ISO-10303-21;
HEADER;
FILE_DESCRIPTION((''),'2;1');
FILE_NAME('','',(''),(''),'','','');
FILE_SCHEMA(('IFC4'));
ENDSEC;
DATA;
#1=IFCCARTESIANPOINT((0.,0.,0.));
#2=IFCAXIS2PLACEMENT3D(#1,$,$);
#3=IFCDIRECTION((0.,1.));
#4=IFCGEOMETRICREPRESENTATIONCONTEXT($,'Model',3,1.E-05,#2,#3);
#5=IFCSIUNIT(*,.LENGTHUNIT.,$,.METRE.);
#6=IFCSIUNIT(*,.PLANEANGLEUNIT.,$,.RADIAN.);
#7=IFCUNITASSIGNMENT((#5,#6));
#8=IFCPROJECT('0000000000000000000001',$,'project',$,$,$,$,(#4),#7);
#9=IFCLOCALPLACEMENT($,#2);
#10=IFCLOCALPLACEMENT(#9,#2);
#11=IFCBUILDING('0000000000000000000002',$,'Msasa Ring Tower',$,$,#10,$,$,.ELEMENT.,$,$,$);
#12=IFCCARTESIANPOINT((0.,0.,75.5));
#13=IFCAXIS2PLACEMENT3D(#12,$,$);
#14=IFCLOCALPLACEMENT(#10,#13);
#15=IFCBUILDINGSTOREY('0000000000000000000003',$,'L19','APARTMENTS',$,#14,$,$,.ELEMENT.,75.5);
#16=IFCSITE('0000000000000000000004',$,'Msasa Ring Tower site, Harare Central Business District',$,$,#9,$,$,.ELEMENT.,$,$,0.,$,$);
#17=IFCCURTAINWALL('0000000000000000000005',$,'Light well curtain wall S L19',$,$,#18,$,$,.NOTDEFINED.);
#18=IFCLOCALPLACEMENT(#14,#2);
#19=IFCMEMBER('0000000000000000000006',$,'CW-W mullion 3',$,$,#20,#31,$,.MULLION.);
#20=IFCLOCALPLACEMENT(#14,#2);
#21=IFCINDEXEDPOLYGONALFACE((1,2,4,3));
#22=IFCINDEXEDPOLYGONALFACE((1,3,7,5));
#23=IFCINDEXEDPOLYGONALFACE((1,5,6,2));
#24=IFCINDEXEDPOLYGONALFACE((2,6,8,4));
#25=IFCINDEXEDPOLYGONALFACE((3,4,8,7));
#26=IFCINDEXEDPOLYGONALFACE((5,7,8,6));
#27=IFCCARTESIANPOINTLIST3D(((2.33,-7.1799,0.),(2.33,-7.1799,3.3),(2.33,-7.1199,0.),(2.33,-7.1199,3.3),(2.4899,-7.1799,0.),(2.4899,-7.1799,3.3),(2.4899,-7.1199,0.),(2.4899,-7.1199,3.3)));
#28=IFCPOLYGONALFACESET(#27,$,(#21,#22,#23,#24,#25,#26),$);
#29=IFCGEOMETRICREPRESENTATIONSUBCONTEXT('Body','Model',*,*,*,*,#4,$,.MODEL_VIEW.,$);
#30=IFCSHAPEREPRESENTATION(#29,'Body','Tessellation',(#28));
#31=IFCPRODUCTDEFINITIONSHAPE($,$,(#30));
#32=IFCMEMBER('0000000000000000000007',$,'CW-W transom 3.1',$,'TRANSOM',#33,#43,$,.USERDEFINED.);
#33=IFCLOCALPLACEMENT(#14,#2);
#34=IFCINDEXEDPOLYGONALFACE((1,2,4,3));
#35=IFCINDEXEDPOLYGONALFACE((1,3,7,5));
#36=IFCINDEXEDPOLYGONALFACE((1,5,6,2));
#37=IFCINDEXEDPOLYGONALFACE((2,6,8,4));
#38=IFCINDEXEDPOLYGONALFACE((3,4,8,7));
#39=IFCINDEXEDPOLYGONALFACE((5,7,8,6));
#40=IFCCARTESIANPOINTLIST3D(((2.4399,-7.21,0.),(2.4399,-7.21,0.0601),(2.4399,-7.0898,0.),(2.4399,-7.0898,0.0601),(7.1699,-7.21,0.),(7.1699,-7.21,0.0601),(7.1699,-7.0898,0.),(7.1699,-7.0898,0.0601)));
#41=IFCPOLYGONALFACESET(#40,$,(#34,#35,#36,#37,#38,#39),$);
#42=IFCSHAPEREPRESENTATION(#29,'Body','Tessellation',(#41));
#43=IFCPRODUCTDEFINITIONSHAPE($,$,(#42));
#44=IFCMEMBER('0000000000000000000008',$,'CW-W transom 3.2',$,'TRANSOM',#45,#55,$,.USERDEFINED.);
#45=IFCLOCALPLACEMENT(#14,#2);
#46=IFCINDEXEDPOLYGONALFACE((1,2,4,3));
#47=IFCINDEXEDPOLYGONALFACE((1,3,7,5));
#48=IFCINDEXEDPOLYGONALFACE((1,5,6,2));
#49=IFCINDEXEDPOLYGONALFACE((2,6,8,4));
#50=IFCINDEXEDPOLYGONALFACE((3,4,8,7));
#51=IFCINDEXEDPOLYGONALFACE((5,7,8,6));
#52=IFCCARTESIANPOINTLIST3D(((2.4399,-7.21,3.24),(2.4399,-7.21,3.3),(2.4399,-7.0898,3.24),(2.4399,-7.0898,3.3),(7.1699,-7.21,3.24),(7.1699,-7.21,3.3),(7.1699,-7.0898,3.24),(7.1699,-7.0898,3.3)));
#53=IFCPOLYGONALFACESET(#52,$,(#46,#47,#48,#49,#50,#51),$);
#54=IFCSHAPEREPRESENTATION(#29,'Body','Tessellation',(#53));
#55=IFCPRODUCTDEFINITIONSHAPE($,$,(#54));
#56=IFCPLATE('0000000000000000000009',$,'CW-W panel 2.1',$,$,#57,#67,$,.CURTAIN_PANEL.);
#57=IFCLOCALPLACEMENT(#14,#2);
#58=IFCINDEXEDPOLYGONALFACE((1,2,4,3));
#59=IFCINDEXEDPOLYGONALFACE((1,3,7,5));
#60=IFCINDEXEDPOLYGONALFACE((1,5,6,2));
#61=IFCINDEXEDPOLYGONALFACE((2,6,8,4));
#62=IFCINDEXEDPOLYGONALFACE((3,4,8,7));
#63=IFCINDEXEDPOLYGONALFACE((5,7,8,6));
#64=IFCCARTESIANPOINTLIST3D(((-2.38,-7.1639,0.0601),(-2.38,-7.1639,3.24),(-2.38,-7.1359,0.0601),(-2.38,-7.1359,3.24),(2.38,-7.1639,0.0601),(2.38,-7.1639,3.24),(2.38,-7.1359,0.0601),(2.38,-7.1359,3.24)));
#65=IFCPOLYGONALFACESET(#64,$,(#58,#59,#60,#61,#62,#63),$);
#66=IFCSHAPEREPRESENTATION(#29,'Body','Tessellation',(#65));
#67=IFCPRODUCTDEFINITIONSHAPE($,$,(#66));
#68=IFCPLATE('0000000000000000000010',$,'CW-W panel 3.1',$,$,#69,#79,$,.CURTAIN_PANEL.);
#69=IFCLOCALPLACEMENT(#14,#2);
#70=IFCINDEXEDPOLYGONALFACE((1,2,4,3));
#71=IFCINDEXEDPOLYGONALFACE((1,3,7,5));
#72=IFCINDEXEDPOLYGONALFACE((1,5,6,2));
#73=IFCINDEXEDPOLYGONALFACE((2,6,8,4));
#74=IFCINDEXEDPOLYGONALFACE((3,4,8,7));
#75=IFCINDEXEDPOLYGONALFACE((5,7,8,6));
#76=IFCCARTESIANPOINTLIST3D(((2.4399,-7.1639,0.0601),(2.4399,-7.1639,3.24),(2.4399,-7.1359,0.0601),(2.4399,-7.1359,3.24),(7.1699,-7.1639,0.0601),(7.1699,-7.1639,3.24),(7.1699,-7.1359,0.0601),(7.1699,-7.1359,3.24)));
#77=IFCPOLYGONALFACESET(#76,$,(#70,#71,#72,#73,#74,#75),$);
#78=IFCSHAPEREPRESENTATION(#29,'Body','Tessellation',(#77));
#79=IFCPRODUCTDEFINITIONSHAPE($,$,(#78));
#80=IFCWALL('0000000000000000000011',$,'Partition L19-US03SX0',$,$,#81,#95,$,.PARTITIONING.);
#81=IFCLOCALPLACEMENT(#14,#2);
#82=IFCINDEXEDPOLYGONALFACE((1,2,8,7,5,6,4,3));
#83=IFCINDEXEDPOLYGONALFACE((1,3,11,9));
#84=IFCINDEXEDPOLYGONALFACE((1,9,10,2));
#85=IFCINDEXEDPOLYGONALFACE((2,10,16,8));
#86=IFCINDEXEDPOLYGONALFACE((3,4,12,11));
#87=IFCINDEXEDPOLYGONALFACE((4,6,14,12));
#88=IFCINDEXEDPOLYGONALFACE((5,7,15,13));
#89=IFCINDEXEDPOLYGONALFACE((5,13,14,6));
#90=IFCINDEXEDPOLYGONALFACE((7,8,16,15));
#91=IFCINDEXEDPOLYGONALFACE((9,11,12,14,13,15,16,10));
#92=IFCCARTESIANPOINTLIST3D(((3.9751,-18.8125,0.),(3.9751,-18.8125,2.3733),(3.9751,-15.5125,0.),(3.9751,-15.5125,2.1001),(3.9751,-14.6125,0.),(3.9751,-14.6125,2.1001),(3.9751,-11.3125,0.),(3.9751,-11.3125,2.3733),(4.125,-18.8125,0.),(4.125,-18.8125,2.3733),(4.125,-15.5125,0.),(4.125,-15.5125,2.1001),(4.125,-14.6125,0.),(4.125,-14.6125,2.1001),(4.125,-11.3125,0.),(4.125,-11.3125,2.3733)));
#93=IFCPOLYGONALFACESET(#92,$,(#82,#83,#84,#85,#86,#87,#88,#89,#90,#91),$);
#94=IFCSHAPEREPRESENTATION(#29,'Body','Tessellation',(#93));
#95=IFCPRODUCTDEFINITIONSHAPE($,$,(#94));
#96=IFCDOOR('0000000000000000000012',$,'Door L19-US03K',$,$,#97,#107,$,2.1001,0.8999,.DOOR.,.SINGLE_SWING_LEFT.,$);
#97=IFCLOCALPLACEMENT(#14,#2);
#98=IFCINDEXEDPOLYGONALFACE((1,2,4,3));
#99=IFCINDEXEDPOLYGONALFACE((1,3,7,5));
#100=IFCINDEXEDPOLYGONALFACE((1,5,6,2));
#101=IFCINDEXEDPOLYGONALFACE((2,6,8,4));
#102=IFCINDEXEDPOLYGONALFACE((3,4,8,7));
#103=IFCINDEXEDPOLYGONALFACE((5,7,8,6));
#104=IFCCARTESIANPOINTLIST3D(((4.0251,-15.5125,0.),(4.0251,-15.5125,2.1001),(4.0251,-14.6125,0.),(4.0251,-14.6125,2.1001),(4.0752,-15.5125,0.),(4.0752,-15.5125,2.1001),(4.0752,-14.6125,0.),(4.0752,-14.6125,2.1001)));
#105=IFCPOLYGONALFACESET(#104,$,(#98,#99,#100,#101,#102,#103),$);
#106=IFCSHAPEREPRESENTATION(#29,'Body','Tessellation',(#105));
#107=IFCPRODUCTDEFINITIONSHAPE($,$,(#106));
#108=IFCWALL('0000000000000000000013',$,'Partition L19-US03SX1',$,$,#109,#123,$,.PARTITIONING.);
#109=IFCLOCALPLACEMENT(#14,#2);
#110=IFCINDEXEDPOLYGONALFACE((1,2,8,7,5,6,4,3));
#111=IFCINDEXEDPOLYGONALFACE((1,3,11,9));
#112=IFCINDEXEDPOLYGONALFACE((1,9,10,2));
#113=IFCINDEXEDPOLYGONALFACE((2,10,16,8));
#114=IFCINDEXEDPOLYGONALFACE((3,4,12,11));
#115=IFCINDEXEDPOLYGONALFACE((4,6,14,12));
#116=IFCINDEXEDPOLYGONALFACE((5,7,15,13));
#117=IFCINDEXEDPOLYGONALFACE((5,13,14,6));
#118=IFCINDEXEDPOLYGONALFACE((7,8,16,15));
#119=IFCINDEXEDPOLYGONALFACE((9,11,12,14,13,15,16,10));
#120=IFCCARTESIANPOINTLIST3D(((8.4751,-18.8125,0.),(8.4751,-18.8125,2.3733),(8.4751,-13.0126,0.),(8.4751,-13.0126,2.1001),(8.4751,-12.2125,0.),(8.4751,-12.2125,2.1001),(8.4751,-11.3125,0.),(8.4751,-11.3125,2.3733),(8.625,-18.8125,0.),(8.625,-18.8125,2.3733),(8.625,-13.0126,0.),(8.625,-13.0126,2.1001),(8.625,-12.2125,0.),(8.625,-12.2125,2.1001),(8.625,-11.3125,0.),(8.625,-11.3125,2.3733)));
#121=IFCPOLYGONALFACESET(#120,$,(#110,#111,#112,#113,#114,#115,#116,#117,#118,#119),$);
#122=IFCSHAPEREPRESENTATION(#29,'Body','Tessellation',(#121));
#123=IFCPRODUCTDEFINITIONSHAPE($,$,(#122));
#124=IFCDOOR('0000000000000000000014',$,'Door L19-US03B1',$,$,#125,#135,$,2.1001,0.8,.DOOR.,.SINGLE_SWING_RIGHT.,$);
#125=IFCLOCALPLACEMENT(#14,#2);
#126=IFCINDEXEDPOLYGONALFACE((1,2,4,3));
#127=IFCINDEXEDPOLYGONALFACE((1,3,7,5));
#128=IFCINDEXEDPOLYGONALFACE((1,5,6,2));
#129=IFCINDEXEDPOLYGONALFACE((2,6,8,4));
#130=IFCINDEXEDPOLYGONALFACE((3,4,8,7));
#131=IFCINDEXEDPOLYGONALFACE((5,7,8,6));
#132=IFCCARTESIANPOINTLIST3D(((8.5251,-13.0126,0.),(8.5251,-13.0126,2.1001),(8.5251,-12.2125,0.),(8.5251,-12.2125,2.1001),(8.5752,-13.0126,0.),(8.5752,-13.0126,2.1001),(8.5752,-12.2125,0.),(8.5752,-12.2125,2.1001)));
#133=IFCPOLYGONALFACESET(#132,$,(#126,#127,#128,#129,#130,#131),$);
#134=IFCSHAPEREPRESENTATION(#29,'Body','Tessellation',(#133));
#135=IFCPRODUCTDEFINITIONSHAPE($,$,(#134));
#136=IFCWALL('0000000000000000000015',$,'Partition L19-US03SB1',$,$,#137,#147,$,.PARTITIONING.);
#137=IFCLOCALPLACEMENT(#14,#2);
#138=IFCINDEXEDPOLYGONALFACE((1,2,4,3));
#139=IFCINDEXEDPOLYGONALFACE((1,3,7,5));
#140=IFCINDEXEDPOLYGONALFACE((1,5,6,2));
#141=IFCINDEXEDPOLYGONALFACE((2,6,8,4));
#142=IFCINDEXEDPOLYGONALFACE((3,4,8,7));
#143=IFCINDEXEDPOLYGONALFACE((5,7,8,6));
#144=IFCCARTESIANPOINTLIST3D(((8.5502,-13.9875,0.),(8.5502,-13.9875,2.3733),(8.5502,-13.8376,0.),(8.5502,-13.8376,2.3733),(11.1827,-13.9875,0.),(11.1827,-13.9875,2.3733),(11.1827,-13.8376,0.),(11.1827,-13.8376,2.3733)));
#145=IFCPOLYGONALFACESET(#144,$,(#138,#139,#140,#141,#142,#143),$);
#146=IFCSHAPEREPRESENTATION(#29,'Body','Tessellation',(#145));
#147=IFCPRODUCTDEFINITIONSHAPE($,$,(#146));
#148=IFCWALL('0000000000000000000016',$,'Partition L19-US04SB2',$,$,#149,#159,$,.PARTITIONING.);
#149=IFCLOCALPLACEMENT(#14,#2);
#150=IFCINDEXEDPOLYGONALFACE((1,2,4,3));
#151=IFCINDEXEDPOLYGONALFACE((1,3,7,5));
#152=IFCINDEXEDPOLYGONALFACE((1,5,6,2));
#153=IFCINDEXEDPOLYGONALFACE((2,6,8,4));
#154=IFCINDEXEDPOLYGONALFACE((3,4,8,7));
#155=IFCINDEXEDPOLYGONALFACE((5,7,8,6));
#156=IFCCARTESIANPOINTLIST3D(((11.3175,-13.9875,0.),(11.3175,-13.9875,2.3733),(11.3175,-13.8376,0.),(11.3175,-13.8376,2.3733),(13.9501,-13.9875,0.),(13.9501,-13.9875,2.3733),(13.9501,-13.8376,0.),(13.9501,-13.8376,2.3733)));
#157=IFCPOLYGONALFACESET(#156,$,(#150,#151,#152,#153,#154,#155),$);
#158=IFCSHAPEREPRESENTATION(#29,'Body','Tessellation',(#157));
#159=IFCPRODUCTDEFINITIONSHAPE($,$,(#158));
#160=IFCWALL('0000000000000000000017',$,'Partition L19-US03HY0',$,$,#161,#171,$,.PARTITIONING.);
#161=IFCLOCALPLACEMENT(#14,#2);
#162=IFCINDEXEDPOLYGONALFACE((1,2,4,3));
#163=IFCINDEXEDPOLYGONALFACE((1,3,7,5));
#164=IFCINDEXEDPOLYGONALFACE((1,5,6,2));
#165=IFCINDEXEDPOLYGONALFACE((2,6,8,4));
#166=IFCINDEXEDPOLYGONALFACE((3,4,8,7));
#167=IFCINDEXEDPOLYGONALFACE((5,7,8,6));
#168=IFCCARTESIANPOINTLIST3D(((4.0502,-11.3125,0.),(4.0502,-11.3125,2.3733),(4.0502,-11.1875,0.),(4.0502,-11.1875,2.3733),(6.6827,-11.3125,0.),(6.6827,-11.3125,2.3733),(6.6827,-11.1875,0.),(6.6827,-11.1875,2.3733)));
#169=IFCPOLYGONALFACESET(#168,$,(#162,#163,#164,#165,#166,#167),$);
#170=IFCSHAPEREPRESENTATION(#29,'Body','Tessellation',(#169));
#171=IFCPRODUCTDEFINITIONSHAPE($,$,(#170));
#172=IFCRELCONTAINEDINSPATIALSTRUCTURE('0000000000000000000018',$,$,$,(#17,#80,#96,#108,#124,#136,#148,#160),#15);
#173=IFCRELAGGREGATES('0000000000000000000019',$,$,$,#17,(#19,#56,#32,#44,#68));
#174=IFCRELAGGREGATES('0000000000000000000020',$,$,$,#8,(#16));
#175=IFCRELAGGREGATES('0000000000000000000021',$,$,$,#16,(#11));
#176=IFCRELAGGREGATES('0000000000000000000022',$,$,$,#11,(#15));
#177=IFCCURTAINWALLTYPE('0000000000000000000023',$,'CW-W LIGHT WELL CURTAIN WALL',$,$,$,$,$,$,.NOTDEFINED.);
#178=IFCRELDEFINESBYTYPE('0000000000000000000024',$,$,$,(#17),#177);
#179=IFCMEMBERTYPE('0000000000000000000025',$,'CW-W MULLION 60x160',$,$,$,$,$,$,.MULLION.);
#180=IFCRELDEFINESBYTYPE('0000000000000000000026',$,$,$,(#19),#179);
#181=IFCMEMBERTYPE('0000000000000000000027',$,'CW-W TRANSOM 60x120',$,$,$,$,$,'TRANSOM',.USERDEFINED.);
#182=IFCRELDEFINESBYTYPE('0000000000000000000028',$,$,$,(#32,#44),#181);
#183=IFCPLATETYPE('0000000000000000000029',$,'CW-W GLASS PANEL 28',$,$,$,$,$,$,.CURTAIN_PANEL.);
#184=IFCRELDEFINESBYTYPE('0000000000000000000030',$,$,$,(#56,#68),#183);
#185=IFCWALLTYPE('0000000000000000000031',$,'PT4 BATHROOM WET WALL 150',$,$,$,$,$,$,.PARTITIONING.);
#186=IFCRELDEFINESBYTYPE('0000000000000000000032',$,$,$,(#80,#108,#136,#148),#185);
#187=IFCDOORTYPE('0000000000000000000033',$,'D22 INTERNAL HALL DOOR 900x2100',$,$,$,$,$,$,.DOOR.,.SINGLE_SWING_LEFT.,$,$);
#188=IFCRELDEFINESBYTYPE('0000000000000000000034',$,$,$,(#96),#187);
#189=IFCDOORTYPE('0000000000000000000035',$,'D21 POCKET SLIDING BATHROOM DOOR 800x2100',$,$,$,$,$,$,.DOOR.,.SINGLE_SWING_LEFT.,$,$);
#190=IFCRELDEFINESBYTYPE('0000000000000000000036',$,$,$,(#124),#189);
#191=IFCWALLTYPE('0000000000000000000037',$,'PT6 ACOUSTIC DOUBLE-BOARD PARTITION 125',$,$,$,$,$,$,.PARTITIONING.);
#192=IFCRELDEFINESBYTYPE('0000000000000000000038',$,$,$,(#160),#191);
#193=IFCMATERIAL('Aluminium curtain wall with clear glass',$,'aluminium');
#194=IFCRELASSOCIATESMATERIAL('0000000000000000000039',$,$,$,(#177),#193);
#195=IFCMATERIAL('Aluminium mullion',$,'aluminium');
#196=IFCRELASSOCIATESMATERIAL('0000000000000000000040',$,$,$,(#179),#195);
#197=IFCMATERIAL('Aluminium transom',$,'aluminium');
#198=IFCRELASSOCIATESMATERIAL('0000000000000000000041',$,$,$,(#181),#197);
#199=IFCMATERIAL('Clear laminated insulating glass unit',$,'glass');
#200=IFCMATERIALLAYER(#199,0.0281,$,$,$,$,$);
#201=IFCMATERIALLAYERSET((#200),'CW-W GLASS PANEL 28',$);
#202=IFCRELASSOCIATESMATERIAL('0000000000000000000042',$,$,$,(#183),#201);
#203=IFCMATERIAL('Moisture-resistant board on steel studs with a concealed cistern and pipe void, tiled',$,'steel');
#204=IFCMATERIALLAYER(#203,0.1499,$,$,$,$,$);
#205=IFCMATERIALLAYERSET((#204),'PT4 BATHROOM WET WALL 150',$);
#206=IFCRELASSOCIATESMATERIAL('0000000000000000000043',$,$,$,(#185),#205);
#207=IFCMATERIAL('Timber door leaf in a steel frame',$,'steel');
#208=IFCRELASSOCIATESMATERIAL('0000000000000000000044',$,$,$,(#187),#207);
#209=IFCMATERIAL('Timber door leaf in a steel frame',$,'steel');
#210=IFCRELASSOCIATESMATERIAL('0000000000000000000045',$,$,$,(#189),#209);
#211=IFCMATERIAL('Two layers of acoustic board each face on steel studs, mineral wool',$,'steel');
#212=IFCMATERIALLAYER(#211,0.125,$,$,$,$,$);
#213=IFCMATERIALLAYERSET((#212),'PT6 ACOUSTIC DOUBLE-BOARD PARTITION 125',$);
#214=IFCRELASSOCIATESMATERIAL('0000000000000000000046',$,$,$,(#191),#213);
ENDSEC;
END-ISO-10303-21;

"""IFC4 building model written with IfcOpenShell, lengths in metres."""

from ifc_helpers import new_model, si_unit, direction, frame, frame_2d, origin, origin_2d, place, context, subcontext, project, spatial, rectangle, extrude, material, layer, layer_set, material_profile, profile_set, type_object, element, fill, aggregate, save


model = new_model("IFC4")

# Units and contexts
model_context = context("Model", 3, precision=1e-05, world=origin(), true_north=direction((0.0, 1.0)))
body_context = subcontext(model_context, "Body", "Model", "MODEL_VIEW")
ifc_project = project(units=[si_unit("LENGTHUNIT", "METRE"), si_unit("PLANEANGLEUNIT", "RADIAN")], contexts=[model_context])

# Site, building, storey
site_placement = place(None, origin())
site = spatial("IfcSite", under=ifc_project, at=site_placement, Name="Msasa Ring Tower site, Harare Central Business District", CompositionType="ELEMENT", RefElevation=0.0)
building_placement = place(site_placement, origin())
building = spatial("IfcBuilding", under=site, at=building_placement, Name="Msasa Ring Tower", CompositionType="ELEMENT")
storey_placement = place(building_placement, frame((0.0, 0.0, 75.5)))
storey = spatial("IfcBuildingStorey", under=building, at=storey_placement, Name="L19", Description="APARTMENTS", CompositionType="ELEMENT", Elevation=75.5)

# Curtain wall, members, plates
ifc_material_1 = material(Name="Aluminium curtain wall with clear glass", Category="aluminium")
curtain_wall_type = type_object("IfcCurtainWallType", Name="CW-W LIGHT WELL CURTAIN WALL", PredefinedType="NOTDEFINED", material=ifc_material_1)
curtain_wall_placement = place(storey_placement, origin())
curtain_wall = element("IfcCurtainWall", 1, at=curtain_wall_placement, inside=storey, type_object=curtain_wall_type, Name="Light well curtain wall S L19", PredefinedType="NOTDEFINED")
ifc_material_2 = material(Name="Aluminium mullion", Category="aluminium")
ifc_material_profile_1 = material_profile(ifc_material_2, rectangle(XDim=0.0601, YDim=0.1599, at=origin_2d()), Name="AL 60x160")
ifc_profile_set_1 = profile_set([ifc_material_profile_1], Name="Aluminium mullion")
member_type_1 = type_object("IfcMemberType", Name="CW-W MULLION 60x160", PredefinedType="MULLION", material=ifc_profile_set_1)
member_1_placement = place(storey_placement, frame((2.4099, -7.1499, 0.0), z_axis=(0.0, 0.0, 1.0), x_axis=(0.0, 1.0, 0.0)))
member_1 = element("IfcMember", 2, at=member_1_placement, type_object=member_type_1, Name="CW-W mullion 3", PredefinedType="MULLION", context=body_context, shape_type="SweptSolid", body=[
    extrude(rectangle(XDim=0.0601, YDim=0.1599, at=origin_2d()), origin(), (0.0, 0.0, 1.0), 3.3),
])
ifc_material_3 = material(Name="Aluminium transom", Category="aluminium")
ifc_material_profile_2 = material_profile(ifc_material_3, rectangle(XDim=0.1201, YDim=0.0601, at=origin_2d()), Name="AL 60x120")
ifc_profile_set_2 = profile_set([ifc_material_profile_2], Name="Aluminium transom")
member_type_2 = type_object("IfcMemberType", Name="CW-W TRANSOM 60x120", ElementType="TRANSOM", PredefinedType="USERDEFINED", material=ifc_profile_set_2)
member_2_placement = place(storey_placement, frame((2.4399, -7.1499, 0.03), z_axis=(1.0, 0.0, 0.0), x_axis=(0.0, 1.0, 0.0)))
member_2 = element("IfcMember", 3, at=member_2_placement, type_object=member_type_2, Name="CW-W transom 3.1", ObjectType="TRANSOM", PredefinedType="USERDEFINED", context=body_context, shape_type="SweptSolid", body=[
    extrude(rectangle(XDim=0.1201, YDim=0.0601, at=origin_2d()), origin(), (0.0, 0.0, 1.0), 4.73),
])
member_3_placement = place(storey_placement, frame((2.4399, -7.1499, 3.27), z_axis=(1.0, 0.0, 0.0), x_axis=(0.0, 1.0, 0.0)))
member_3 = element("IfcMember", 4, at=member_3_placement, type_object=member_type_2, Name="CW-W transom 3.2", ObjectType="TRANSOM", PredefinedType="USERDEFINED", context=body_context, shape_type="SweptSolid", body=[
    extrude(rectangle(XDim=0.1201, YDim=0.0601, at=origin_2d()), origin(), (0.0, 0.0, 1.0), 4.73),
])
ifc_material_4 = material(Name="Clear laminated insulating glass unit", Category="glass")
ifc_layer_1 = layer(ifc_material_4, 0.0281)
ifc_layer_set_1 = layer_set([ifc_layer_1], Name="CW-W GLASS PANEL 28")
plate_type = type_object("IfcPlateType", Name="CW-W GLASS PANEL 28", PredefinedType="CURTAIN_PANEL", material=ifc_layer_set_1)
plate_1_placement = place(storey_placement, frame((0.0, -7.1499, 0.0601), z_axis=(0.0, 0.0, 1.0), x_axis=(1.0, 0.0, 0.0)))
plate_1 = element("IfcPlate", 5, at=plate_1_placement, type_object=plate_type, Name="CW-W panel 2.1", PredefinedType="CURTAIN_PANEL", context=body_context, shape_type="SweptSolid", body=[
    extrude(rectangle(XDim=4.76, YDim=0.0281, at=origin_2d()), origin(), (0.0, 0.0, 1.0), 3.1799),
])
plate_2_placement = place(storey_placement, frame((4.8049, -7.1499, 0.0601), z_axis=(0.0, 0.0, 1.0), x_axis=(1.0, 0.0, 0.0)))
plate_2 = element("IfcPlate", 6, at=plate_2_placement, type_object=plate_type, Name="CW-W panel 3.1", PredefinedType="CURTAIN_PANEL", context=body_context, shape_type="SweptSolid", body=[
    extrude(rectangle(XDim=4.73, YDim=0.0281, at=origin_2d()), origin(), (0.0, 0.0, 1.0), 3.1799),
])
aggregate(curtain_wall, [member_1, plate_1, member_2, member_3, plate_2])

# Walls, openings, doors
ifc_material_5 = material(Name="Moisture-resistant board on steel studs with a concealed cistern and pipe void, tiled", Category="steel")
ifc_layer_2 = layer(ifc_material_5, 0.1499)
ifc_layer_set_2 = layer_set([ifc_layer_2], Name="PT4 BATHROOM WET WALL 150")
wall_type_1 = type_object("IfcWallType", Name="PT4 BATHROOM WET WALL 150", PredefinedType="PARTITIONING", material=ifc_layer_set_2)
wall_1_placement = place(storey_placement, frame((4.05, -18.8125, 0.0), z_axis=(0.0, 0.0, 1.0), x_axis=(0.0, 1.0, 0.0)))
wall_1 = element("IfcWall", 7, at=wall_1_placement, inside=storey, type_object=wall_type_1, Name="Partition L19-US03SX0", PredefinedType="PARTITIONING", context=body_context, shape_type="SweptSolid", body=[
    extrude(rectangle(XDim=7.5, YDim=0.1499, at=frame_2d((3.75, 0.0))), origin(), (0.0, 0.0, 1.0), 2.3733),
])
opening_1_placement = place(wall_1_placement, frame((3.3, 0.0, 0.0)))
opening_1 = element("IfcOpeningElement", 8, at=opening_1_placement, cuts=wall_1, PredefinedType="OPENING", context=body_context, shape_type="SweptSolid", body=[
    extrude(rectangle(XDim=0.8999, YDim=2.1001, at=frame_2d((0.45, 1.05))), frame((0.0, 0.085, 0.0), z_axis=(0.0, -1.0, 0.0), x_axis=(1.0, 0.0, 0.0)), (0.0, 0.0, 1.0), 0.1699),
])
ifc_material_6 = material(Name="Timber door leaf in a steel frame", Category="steel")
door_type_1 = type_object("IfcDoorType", Name="D22 INTERNAL HALL DOOR 900x2100", OperationType="SINGLE_SWING_LEFT", PredefinedType="DOOR", material=ifc_material_6)
door_1_placement = place(opening_1_placement, origin())
door_1 = element("IfcDoor", 9, at=door_1_placement, inside=storey, type_object=door_type_1, Name="Door L19-US03K", OperationType="SINGLE_SWING_LEFT", OverallHeight=2.1001, OverallWidth=0.8999, PredefinedType="DOOR", context=body_context, shape_type="SweptSolid", body=[
    extrude(rectangle(XDim=0.8999, YDim=2.1001, at=frame_2d((0.45, 1.05))), frame((0.0, 0.0249, 0.0), z_axis=(0.0, -1.0, 0.0), x_axis=(1.0, 0.0, 0.0)), (0.0, 0.0, 1.0), 0.05),
])
fill(opening_1, door_1)
wall_2_placement = place(storey_placement, frame((8.55, -18.8125, 0.0), z_axis=(0.0, 0.0, 1.0), x_axis=(0.0, 1.0, 0.0)))
wall_2 = element("IfcWall", 10, at=wall_2_placement, inside=storey, type_object=wall_type_1, Name="Partition L19-US03SX1", PredefinedType="PARTITIONING", context=body_context, shape_type="SweptSolid", body=[
    extrude(rectangle(XDim=7.5, YDim=0.1499, at=frame_2d((3.75, 0.0))), origin(), (0.0, 0.0, 1.0), 2.3733),
])
opening_2_placement = place(wall_2_placement, frame((5.8, 0.0, 0.0)))
opening_2 = element("IfcOpeningElement", 11, at=opening_2_placement, cuts=wall_2, PredefinedType="OPENING", context=body_context, shape_type="SweptSolid", body=[
    extrude(rectangle(XDim=0.8, YDim=2.1001, at=frame_2d((0.3999, 1.05))), frame((0.0, 0.085, 0.0), z_axis=(0.0, -1.0, 0.0), x_axis=(1.0, 0.0, 0.0)), (0.0, 0.0, 1.0), 0.1699),
])
ifc_material_7 = material(Name="Timber door leaf in a steel frame", Category="steel")
door_type_2 = type_object("IfcDoorType", Name="D21 POCKET SLIDING BATHROOM DOOR 800x2100", OperationType="SINGLE_SWING_LEFT", PredefinedType="DOOR", material=ifc_material_7)
door_2_placement = place(opening_2_placement, origin())
door_2 = element("IfcDoor", 12, at=door_2_placement, inside=storey, type_object=door_type_2, Name="Door L19-US03B1", OperationType="SINGLE_SWING_RIGHT", OverallHeight=2.1001, OverallWidth=0.8, PredefinedType="DOOR", context=body_context, shape_type="SweptSolid", body=[
    extrude(rectangle(XDim=0.8, YDim=2.1001, at=frame_2d((0.3999, 1.05))), frame((0.0, 0.0249, 0.0), z_axis=(0.0, -1.0, 0.0), x_axis=(1.0, 0.0, 0.0)), (0.0, 0.0, 1.0), 0.05),
])
fill(opening_2, door_2)

# Walls
for number, where, z_axis, x_axis, name in (
    (13, (8.55, -13.9126, 0.0), (0.0, 0.0, 1.0), (1.0, 0.0, 0.0), "Partition L19-US03SB1"),
    (14, (11.3174, -13.9126, 0.0), (0.0, 0.0, 1.0), (1.0, 0.0, 0.0), "Partition L19-US04SB2"),
):
    element("IfcWall", number, at=place(storey_placement, frame(where, z_axis=z_axis, x_axis=x_axis)), inside=storey, type_object=wall_type_1, Name=name, PredefinedType="PARTITIONING", context=body_context, shape_type="SweptSolid", body=[
        extrude(rectangle(XDim=2.6326, YDim=0.1499, at=frame_2d((1.3164, 0.0))), origin(), (0.0, 0.0, 1.0), 2.3733),
    ])
ifc_material_8 = material(Name="Two layers of acoustic board each face on steel studs, mineral wool", Category="steel")
ifc_layer_3 = layer(ifc_material_8, 0.125)
ifc_layer_set_3 = layer_set([ifc_layer_3], Name="PT6 ACOUSTIC DOUBLE-BOARD PARTITION 125")
wall_type_2 = type_object("IfcWallType", Name="PT6 ACOUSTIC DOUBLE-BOARD PARTITION 125", PredefinedType="PARTITIONING", material=ifc_layer_set_3)
wall_3_placement = place(storey_placement, frame((4.05, -11.25, 0.0), z_axis=(0.0, 0.0, 1.0), x_axis=(1.0, 0.0, 0.0)))
element("IfcWall", 15, at=wall_3_placement, inside=storey, type_object=wall_type_2, Name="Partition L19-US03HY0", PredefinedType="PARTITIONING", context=body_context, shape_type="SweptSolid", body=[
    extrude(rectangle(XDim=2.6326, YDim=0.125, at=frame_2d((1.3164, 0.0))), origin(), (0.0, 0.0, 1.0), 2.3733),
])

save(model, "model.ifc")
